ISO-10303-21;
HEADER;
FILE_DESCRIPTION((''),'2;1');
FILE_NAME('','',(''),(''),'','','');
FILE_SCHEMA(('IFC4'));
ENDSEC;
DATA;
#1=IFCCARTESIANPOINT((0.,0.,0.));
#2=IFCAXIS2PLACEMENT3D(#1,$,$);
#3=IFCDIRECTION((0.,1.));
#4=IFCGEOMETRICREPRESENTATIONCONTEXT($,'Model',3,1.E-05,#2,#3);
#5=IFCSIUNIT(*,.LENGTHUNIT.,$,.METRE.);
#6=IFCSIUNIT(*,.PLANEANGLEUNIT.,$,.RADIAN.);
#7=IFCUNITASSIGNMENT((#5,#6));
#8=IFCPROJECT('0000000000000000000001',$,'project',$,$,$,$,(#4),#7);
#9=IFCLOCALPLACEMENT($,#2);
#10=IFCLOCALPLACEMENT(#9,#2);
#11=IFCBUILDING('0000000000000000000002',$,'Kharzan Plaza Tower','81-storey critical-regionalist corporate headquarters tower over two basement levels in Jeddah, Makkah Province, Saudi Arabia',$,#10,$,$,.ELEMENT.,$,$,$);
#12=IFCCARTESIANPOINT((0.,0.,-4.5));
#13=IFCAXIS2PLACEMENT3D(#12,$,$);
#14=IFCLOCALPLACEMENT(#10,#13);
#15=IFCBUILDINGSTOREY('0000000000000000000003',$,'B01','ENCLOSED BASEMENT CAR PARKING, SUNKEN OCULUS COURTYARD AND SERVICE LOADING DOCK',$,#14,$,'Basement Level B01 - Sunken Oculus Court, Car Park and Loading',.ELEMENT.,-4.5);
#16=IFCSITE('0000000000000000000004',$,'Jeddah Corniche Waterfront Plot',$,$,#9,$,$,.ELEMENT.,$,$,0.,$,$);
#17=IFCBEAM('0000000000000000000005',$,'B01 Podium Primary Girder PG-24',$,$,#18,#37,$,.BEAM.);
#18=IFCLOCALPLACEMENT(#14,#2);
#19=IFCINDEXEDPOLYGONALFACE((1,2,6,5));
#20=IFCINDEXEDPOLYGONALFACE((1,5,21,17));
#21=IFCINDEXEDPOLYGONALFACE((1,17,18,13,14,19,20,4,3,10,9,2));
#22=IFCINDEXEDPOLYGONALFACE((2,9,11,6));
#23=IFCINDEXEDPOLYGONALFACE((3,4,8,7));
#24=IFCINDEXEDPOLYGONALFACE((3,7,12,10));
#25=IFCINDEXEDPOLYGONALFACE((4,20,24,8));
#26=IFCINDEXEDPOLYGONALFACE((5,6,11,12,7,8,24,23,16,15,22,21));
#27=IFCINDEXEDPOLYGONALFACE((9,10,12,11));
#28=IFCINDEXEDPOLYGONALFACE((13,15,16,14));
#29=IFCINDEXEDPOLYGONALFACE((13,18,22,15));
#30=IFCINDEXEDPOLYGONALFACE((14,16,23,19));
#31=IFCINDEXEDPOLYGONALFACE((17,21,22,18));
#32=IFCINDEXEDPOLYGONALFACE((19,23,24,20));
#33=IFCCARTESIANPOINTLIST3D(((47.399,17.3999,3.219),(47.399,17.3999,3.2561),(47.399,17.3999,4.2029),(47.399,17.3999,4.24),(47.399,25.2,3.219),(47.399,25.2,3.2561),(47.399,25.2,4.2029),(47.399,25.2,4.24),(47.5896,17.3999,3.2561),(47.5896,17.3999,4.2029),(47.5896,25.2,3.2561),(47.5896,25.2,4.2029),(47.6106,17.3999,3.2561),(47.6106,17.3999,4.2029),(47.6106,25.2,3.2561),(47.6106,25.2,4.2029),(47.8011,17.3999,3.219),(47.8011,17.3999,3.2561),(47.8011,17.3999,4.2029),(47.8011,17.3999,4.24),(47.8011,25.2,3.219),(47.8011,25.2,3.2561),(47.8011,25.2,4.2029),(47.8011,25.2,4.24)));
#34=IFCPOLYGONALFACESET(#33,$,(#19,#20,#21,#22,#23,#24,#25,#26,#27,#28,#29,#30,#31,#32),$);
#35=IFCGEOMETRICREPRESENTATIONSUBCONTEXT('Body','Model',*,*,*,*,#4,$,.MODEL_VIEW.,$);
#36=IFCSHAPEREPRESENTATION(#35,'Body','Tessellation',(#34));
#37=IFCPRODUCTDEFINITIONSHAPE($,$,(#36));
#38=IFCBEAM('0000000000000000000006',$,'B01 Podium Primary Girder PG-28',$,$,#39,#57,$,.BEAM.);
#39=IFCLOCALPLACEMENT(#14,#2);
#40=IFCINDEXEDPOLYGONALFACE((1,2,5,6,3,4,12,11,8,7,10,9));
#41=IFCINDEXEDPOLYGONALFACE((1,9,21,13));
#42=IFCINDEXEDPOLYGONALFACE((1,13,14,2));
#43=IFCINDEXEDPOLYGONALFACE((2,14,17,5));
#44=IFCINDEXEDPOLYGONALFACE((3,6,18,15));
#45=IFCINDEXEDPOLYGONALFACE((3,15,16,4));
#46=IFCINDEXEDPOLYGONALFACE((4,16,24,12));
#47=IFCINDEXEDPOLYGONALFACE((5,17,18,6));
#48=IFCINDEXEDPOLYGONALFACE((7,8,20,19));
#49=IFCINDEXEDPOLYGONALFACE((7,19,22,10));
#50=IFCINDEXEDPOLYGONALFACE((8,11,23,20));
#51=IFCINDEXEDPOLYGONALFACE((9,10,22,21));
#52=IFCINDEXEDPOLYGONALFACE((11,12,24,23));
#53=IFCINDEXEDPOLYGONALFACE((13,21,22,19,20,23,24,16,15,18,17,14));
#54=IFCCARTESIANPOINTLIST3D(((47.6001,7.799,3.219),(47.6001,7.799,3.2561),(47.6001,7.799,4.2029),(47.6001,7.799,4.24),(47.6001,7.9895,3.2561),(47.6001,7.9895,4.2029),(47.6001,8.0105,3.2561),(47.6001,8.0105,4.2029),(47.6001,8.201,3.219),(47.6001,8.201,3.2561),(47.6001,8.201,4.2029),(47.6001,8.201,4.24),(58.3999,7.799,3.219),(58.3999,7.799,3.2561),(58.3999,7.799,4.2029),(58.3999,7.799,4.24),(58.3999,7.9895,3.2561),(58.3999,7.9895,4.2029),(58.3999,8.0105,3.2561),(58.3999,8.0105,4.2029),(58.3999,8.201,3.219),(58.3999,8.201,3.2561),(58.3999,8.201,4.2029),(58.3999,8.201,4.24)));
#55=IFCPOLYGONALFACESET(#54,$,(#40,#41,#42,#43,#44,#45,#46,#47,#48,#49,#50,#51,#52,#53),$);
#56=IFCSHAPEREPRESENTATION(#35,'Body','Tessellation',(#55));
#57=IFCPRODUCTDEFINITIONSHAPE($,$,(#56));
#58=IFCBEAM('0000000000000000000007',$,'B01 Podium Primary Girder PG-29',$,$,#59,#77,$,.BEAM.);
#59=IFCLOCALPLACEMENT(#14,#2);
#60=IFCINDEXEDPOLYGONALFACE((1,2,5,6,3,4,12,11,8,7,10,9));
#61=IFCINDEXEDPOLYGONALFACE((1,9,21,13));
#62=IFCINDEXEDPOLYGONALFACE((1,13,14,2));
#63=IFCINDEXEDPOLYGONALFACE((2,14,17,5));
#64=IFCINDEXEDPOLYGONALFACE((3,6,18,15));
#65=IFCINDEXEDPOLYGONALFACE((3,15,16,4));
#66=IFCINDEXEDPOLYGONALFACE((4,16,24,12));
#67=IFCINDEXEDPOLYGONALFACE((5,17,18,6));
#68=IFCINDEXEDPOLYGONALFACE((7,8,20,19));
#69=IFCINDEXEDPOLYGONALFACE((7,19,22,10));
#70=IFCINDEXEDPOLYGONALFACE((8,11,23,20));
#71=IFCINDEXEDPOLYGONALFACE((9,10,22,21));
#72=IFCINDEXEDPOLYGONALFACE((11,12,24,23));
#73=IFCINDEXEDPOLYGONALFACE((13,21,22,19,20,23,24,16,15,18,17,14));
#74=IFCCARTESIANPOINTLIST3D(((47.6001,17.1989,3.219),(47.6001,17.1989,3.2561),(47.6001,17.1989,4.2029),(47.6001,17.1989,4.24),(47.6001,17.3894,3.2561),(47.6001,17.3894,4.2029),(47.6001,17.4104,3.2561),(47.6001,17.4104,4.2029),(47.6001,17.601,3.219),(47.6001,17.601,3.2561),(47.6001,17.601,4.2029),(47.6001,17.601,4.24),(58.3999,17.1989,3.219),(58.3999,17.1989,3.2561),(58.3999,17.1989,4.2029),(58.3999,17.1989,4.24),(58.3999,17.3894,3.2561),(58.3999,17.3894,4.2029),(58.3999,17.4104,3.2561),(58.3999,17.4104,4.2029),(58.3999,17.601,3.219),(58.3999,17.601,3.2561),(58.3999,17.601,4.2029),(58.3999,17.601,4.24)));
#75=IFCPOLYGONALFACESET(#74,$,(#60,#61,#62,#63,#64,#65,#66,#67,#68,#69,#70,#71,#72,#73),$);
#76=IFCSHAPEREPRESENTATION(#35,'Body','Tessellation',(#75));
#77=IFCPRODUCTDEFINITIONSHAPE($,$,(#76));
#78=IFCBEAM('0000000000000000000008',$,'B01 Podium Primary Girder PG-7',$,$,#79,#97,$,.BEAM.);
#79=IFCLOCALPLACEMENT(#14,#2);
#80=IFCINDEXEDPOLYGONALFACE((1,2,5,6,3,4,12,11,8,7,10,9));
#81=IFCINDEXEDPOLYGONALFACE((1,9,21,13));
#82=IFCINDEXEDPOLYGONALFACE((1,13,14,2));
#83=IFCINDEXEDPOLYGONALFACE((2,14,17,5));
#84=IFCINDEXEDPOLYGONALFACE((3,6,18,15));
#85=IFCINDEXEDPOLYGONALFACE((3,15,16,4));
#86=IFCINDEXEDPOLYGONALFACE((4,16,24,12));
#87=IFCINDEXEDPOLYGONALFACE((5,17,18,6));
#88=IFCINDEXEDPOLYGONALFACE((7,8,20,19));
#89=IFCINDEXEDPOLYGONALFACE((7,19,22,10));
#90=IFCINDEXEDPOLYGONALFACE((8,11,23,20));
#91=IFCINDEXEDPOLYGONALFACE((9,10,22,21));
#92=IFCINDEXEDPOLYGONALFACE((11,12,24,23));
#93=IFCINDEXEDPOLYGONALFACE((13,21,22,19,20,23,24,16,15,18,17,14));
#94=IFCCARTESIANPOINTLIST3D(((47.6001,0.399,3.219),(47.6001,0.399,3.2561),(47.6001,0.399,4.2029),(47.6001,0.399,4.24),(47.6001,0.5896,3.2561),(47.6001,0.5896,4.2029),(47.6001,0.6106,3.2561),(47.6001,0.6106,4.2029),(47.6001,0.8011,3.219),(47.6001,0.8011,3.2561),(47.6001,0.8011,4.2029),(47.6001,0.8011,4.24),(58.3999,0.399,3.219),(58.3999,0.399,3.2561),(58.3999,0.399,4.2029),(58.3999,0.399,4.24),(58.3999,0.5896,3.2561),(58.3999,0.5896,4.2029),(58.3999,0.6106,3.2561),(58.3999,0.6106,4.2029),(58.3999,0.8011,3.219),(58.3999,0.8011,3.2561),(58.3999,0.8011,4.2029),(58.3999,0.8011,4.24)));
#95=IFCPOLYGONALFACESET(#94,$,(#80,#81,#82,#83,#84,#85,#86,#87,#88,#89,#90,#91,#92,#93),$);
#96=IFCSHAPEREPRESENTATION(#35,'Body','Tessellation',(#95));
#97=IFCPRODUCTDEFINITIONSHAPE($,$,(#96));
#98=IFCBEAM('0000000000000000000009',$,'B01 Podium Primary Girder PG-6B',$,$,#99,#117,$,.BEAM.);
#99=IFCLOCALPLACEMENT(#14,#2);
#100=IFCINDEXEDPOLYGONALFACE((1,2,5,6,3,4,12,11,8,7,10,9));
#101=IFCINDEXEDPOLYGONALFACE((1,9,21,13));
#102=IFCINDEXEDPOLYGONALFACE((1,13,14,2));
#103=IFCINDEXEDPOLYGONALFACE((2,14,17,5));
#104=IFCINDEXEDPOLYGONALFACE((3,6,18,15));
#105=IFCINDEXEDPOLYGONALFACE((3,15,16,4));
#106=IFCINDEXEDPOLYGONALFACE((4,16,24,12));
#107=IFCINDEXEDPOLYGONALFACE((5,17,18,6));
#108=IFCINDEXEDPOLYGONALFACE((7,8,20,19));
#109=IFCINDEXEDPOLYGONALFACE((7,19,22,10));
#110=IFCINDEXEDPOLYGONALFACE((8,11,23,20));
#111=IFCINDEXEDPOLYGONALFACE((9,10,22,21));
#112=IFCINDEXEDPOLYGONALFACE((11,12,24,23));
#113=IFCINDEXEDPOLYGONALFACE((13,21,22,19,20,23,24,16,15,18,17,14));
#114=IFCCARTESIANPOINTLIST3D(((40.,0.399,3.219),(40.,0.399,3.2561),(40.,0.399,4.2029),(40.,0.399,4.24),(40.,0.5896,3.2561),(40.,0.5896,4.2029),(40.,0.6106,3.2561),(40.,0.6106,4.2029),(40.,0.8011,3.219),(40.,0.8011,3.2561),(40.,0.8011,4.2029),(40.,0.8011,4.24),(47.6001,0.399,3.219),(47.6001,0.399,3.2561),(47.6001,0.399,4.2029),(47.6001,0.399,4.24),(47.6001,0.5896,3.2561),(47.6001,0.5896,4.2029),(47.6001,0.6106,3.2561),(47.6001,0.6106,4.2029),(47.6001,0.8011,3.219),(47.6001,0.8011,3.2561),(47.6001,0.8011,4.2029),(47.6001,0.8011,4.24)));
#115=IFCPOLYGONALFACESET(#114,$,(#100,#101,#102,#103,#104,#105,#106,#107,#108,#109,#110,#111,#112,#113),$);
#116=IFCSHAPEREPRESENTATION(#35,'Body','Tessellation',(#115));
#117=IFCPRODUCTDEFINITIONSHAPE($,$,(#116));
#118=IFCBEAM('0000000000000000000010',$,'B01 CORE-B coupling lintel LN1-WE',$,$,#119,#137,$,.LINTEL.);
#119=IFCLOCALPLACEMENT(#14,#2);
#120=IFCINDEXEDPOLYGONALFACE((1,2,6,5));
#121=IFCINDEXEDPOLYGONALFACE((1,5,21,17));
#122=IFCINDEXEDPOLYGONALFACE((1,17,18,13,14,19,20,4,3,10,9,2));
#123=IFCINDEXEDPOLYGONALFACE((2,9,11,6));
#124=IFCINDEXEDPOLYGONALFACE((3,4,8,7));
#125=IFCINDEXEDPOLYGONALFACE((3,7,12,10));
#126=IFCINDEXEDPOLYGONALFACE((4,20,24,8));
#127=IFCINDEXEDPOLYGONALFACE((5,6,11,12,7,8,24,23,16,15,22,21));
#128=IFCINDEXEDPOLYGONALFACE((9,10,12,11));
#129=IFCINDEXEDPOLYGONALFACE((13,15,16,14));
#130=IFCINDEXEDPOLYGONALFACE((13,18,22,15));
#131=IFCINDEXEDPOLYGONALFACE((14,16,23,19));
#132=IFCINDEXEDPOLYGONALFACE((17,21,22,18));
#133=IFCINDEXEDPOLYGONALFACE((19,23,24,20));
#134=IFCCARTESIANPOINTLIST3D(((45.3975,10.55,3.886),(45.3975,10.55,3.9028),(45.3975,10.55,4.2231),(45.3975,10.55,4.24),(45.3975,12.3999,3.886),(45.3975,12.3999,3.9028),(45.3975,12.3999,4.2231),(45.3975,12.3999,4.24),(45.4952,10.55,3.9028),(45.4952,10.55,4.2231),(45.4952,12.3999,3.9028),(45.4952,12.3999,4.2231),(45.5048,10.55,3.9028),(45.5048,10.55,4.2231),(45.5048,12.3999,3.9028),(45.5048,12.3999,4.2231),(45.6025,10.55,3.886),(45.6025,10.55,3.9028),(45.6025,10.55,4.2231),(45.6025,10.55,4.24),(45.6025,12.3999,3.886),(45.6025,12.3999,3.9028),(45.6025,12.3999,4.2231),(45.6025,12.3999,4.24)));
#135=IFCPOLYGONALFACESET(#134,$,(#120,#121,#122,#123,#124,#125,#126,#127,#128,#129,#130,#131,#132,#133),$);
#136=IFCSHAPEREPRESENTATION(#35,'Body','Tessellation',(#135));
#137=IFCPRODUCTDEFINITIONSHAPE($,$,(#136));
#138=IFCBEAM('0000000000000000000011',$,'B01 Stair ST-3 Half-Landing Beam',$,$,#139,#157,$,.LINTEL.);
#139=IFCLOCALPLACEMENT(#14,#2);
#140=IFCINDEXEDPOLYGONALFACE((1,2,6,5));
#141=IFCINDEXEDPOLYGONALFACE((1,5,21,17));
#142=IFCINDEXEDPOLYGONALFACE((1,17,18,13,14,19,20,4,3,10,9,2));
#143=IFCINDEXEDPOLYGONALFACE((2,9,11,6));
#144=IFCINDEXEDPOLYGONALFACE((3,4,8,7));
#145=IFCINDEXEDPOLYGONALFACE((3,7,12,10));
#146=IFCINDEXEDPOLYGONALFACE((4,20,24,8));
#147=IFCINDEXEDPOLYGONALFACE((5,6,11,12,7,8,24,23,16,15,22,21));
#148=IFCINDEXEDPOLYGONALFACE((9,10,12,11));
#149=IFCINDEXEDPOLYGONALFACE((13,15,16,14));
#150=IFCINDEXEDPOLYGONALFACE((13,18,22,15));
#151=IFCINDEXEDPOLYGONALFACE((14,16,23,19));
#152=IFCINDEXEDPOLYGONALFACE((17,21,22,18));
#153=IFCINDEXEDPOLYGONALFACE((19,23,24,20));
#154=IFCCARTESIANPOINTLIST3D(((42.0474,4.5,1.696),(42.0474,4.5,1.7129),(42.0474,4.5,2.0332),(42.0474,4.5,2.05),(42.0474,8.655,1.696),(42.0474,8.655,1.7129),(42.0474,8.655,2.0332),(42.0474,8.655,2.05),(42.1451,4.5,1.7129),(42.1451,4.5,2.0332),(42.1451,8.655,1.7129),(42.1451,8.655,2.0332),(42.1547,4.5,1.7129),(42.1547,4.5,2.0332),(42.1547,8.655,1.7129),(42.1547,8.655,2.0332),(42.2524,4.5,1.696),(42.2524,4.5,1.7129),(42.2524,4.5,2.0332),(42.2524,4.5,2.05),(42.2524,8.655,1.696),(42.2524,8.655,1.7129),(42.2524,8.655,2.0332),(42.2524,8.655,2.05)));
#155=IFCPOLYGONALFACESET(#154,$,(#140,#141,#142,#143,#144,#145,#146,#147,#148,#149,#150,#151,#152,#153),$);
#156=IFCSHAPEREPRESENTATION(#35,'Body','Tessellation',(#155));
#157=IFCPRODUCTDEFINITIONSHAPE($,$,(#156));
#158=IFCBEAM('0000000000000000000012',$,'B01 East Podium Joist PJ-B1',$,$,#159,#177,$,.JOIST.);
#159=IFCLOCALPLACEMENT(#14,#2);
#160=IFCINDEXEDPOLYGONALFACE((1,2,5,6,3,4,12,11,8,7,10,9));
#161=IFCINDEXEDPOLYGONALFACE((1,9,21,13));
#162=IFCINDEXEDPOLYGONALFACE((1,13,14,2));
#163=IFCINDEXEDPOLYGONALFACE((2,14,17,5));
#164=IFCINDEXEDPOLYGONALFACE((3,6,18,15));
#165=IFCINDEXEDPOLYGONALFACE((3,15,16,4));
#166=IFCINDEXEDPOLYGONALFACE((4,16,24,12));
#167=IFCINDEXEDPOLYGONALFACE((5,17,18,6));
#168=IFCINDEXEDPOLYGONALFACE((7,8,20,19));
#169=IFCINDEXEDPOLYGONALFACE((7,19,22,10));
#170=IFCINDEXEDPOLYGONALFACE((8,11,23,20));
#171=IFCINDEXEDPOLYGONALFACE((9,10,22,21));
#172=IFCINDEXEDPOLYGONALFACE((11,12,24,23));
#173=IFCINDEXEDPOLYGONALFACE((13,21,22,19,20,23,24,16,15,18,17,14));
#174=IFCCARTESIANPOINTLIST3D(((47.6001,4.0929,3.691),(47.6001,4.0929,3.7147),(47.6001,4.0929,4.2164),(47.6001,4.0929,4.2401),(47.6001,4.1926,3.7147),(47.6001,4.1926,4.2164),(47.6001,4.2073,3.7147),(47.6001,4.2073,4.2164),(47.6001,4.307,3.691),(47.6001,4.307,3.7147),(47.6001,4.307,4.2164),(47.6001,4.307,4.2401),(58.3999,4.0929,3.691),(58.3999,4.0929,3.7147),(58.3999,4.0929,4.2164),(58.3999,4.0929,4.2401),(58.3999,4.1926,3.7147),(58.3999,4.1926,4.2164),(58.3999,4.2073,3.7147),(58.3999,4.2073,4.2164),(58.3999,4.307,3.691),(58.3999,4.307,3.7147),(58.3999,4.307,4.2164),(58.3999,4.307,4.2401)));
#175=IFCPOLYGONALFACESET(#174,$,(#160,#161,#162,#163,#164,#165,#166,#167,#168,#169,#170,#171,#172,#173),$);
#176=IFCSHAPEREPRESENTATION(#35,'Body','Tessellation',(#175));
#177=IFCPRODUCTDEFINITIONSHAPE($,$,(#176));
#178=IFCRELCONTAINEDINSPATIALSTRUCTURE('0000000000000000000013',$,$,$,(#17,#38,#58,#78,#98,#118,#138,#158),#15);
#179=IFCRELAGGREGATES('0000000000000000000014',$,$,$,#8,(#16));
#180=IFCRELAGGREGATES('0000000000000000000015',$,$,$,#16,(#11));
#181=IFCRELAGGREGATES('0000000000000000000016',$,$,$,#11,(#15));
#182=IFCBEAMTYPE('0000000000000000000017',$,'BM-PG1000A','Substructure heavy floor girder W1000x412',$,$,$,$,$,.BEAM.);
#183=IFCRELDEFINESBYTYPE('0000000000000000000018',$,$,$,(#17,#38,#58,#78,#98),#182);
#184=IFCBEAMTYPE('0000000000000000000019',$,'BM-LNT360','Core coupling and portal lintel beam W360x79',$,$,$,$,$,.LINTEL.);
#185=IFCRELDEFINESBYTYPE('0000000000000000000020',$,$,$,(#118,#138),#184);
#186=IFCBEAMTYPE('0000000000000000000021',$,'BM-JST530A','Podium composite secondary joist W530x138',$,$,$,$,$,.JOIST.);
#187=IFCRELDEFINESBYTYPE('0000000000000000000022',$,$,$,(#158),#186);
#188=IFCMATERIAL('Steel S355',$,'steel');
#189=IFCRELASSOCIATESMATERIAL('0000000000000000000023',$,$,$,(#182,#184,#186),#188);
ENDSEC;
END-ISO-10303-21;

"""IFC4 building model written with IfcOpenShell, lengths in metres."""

from ifc_helpers import new_model, si_unit, direction, frame, origin, origin_2d, place, context, subcontext, project, spatial, i_section, extrude, source, transform, mapped, material, material_profile, profile_set, type_object, element, save


model = new_model("IFC4")

# Units and contexts
model_context = context("Model", 3, precision=1e-05, world=origin(), true_north=direction((0.0, 1.0)))
body_context = subcontext(model_context, "Body", "Model", "MODEL_VIEW")
ifc_project = project(units=[si_unit("LENGTHUNIT", "METRE"), si_unit("PLANEANGLEUNIT", "RADIAN")], contexts=[model_context])

# Site, building, storey
site_placement = place(None, origin())
site = spatial("IfcSite", under=ifc_project, at=site_placement, Name="Jeddah Corniche Waterfront Plot", CompositionType="ELEMENT", RefElevation=0.0)
building_placement = place(site_placement, origin())
building = spatial("IfcBuilding", under=site, at=building_placement, Name="Kharzan Plaza Tower", Description="81-storey critical-regionalist corporate headquarters tower over two basement levels in Jeddah, Makkah Province, Saudi Arabia", CompositionType="ELEMENT")
storey_placement = place(building_placement, frame((0.0, 0.0, -4.5)))
storey = spatial("IfcBuildingStorey", under=building, at=storey_placement, Name="B01", Description="ENCLOSED BASEMENT CAR PARKING, SUNKEN OCULUS COURTYARD AND SERVICE LOADING DOCK", LongName="Basement Level B01 - Sunken Oculus Court, Car Park and Loading", CompositionType="ELEMENT", Elevation=-4.5)

# Beams
ifc_material_1 = material(Name="Steel S355", Category="steel")
ifc_material_profile_1 = material_profile(ifc_material_1, i_section(OverallWidth=0.4021, OverallDepth=1.021, WebThickness=0.021, FlangeThickness=0.0371, at=origin_2d()), Name="W1000x412")
ifc_profile_set_1 = profile_set([ifc_material_profile_1], Name="Steel S355")
beam_type_1 = type_object("IfcBeamType", Name="BM-PG1000A", Description="Substructure heavy floor girder W1000x412", PredefinedType="BEAM", material=ifc_profile_set_1)
shared_shape_1 = source(origin(), body_context, "Body", "SweptSolid", [
    extrude(i_section(OverallWidth=0.4021, OverallDepth=1.021, WebThickness=0.021, FlangeThickness=0.0371, at=origin_2d()), origin(), (0.0, 0.0, 1.0), 7.8),
])
beam_1_placement = place(storey_placement, frame((47.6001, 17.3999, 3.7295), z_axis=(0.0, 1.0, 0.0), x_axis=(-1.0, 0.0, 0.0)))
element("IfcBeam", 1, at=beam_1_placement, inside=storey, type_object=beam_type_1, Name="B01 Podium Primary Girder PG-24", PredefinedType="BEAM", context=body_context, shape_type="MappedRepresentation", body=[
    mapped(shared_shape_1, transform((0.0, 0.0, 0.0), x_axis=(1.0, 0.0, 0.0), y_axis=(0.0, 1.0, 0.0), z_axis=(0.0, 0.0, 1.0))),
])
shared_shape_2 = source(origin(), body_context, "Body", "SweptSolid", [
    extrude(i_section(OverallWidth=0.4021, OverallDepth=1.021, WebThickness=0.021, FlangeThickness=0.0371, at=origin_2d()), origin(), (0.0, 0.0, 1.0), 10.7998),
])
for number, where, z_axis, x_axis, name in (
    (2, (47.6001, 8.0, 3.7295), (1.0, 0.0, 0.0), (0.0, 1.0, 0.0), "B01 Podium Primary Girder PG-28"),
    (3, (47.6001, 17.3999, 3.7295), (1.0, 0.0, 0.0), (0.0, 1.0, 0.0), "B01 Podium Primary Girder PG-29"),
    (4, (47.6001, 0.6001, 3.7295), (1.0, 0.0, 0.0), (0.0, 1.0, 0.0), "B01 Podium Primary Girder PG-7"),
):
    element("IfcBeam", number, at=place(storey_placement, frame(where, z_axis=z_axis, x_axis=x_axis)), inside=storey, type_object=beam_type_1, Name=name, PredefinedType="BEAM", context=body_context, shape_type="MappedRepresentation", body=[
        mapped(shared_shape_2, transform((0.0, 0.0, 0.0), x_axis=(1.0, 0.0, 0.0), y_axis=(0.0, 1.0, 0.0), z_axis=(0.0, 0.0, 1.0))),
    ])
shared_shape_3 = source(origin(), body_context, "Body", "SweptSolid", [
    extrude(i_section(OverallWidth=0.4021, OverallDepth=1.021, WebThickness=0.021, FlangeThickness=0.0371, at=origin_2d()), origin(), (0.0, 0.0, 1.0), 7.6001),
])
beam_2_placement = place(storey_placement, frame((40.0, 0.6001, 3.7295), z_axis=(1.0, 0.0, 0.0), x_axis=(0.0, 1.0, 0.0)))
element("IfcBeam", 5, at=beam_2_placement, inside=storey, type_object=beam_type_1, Name="B01 Podium Primary Girder PG-6B", PredefinedType="BEAM", context=body_context, shape_type="MappedRepresentation", body=[
    mapped(shared_shape_3, transform((0.0, 0.0, 0.0), x_axis=(1.0, 0.0, 0.0), y_axis=(0.0, 1.0, 0.0), z_axis=(0.0, 0.0, 1.0))),
])
ifc_material_profile_2 = material_profile(ifc_material_1, i_section(OverallWidth=0.2051, OverallDepth=0.354, WebThickness=0.0095, FlangeThickness=0.0168, at=origin_2d()), Name="W360x79")
ifc_profile_set_2 = profile_set([ifc_material_profile_2], Name="Steel S355")
beam_type_2 = type_object("IfcBeamType", Name="BM-LNT360", Description="Core coupling and portal lintel beam W360x79", PredefinedType="LINTEL", material=ifc_profile_set_2)
shared_shape_4 = source(origin(), body_context, "Body", "SweptSolid", [
    extrude(i_section(OverallWidth=0.2051, OverallDepth=0.354, WebThickness=0.0095, FlangeThickness=0.0168, at=origin_2d()), origin(), (0.0, 0.0, 1.0), 1.8499),
])
beam_3_placement = place(storey_placement, frame((45.5, 10.55, 4.063), z_axis=(0.0, 1.0, 0.0), x_axis=(-1.0, 0.0, 0.0)))
element("IfcBeam", 6, at=beam_3_placement, inside=storey, type_object=beam_type_2, Name="B01 CORE-B coupling lintel LN1-WE", PredefinedType="LINTEL", context=body_context, shape_type="MappedRepresentation", body=[
    mapped(shared_shape_4, transform((0.0, 0.0, 0.0), x_axis=(1.0, 0.0, 0.0), y_axis=(0.0, 1.0, 0.0), z_axis=(0.0, 0.0, 1.0))),
])
shared_shape_5 = source(origin(), body_context, "Body", "SweptSolid", [
    extrude(i_section(OverallWidth=0.2051, OverallDepth=0.354, WebThickness=0.0095, FlangeThickness=0.0168, at=origin_2d()), origin(), (0.0, 0.0, 1.0), 4.155),
])
beam_4_placement = place(storey_placement, frame((42.1499, 4.5, 1.873), z_axis=(0.0, 1.0, 0.0), x_axis=(-1.0, 0.0, 0.0)))
element("IfcBeam", 7, at=beam_4_placement, inside=storey, type_object=beam_type_2, Name="B01 Stair ST-3 Half-Landing Beam", PredefinedType="LINTEL", context=body_context, shape_type="MappedRepresentation", body=[
    mapped(shared_shape_5, transform((0.0, 0.0, 0.0), x_axis=(1.0, 0.0, 0.0), y_axis=(0.0, 1.0, 0.0), z_axis=(0.0, 0.0, 1.0))),
])
ifc_material_profile_3 = material_profile(ifc_material_1, i_section(OverallWidth=0.2141, OverallDepth=0.5491, WebThickness=0.0146, FlangeThickness=0.0237, at=origin_2d()), Name="W530x138")
ifc_profile_set_3 = profile_set([ifc_material_profile_3], Name="Steel S355")
beam_type_3 = type_object("IfcBeamType", Name="BM-JST530A", Description="Podium composite secondary joist W530x138", PredefinedType="JOIST", material=ifc_profile_set_3)
shared_shape_6 = source(origin(), body_context, "Body", "SweptSolid", [
    extrude(i_section(OverallWidth=0.2141, OverallDepth=0.5491, WebThickness=0.0146, FlangeThickness=0.0237, at=origin_2d()), origin(), (0.0, 0.0, 1.0), 10.7998),
])
for number, where, z_axis, x_axis, name in (
    (8, (47.6001, 4.2, 3.9656), (1.0, 0.0, 0.0), (0.0, 1.0, 0.0), "B01 East Podium Joist PJ-B1"),
):
    element("IfcBeam", number, at=place(storey_placement, frame(where, z_axis=z_axis, x_axis=x_axis)), inside=storey, type_object=beam_type_3, Name=name, PredefinedType="JOIST", context=body_context, shape_type="MappedRepresentation", body=[
        mapped(shared_shape_6, transform((0.0, 0.0, 0.0), x_axis=(1.0, 0.0, 0.0), y_axis=(0.0, 1.0, 0.0), z_axis=(0.0, 0.0, 1.0))),
    ])

save(model, "model.ifc")
